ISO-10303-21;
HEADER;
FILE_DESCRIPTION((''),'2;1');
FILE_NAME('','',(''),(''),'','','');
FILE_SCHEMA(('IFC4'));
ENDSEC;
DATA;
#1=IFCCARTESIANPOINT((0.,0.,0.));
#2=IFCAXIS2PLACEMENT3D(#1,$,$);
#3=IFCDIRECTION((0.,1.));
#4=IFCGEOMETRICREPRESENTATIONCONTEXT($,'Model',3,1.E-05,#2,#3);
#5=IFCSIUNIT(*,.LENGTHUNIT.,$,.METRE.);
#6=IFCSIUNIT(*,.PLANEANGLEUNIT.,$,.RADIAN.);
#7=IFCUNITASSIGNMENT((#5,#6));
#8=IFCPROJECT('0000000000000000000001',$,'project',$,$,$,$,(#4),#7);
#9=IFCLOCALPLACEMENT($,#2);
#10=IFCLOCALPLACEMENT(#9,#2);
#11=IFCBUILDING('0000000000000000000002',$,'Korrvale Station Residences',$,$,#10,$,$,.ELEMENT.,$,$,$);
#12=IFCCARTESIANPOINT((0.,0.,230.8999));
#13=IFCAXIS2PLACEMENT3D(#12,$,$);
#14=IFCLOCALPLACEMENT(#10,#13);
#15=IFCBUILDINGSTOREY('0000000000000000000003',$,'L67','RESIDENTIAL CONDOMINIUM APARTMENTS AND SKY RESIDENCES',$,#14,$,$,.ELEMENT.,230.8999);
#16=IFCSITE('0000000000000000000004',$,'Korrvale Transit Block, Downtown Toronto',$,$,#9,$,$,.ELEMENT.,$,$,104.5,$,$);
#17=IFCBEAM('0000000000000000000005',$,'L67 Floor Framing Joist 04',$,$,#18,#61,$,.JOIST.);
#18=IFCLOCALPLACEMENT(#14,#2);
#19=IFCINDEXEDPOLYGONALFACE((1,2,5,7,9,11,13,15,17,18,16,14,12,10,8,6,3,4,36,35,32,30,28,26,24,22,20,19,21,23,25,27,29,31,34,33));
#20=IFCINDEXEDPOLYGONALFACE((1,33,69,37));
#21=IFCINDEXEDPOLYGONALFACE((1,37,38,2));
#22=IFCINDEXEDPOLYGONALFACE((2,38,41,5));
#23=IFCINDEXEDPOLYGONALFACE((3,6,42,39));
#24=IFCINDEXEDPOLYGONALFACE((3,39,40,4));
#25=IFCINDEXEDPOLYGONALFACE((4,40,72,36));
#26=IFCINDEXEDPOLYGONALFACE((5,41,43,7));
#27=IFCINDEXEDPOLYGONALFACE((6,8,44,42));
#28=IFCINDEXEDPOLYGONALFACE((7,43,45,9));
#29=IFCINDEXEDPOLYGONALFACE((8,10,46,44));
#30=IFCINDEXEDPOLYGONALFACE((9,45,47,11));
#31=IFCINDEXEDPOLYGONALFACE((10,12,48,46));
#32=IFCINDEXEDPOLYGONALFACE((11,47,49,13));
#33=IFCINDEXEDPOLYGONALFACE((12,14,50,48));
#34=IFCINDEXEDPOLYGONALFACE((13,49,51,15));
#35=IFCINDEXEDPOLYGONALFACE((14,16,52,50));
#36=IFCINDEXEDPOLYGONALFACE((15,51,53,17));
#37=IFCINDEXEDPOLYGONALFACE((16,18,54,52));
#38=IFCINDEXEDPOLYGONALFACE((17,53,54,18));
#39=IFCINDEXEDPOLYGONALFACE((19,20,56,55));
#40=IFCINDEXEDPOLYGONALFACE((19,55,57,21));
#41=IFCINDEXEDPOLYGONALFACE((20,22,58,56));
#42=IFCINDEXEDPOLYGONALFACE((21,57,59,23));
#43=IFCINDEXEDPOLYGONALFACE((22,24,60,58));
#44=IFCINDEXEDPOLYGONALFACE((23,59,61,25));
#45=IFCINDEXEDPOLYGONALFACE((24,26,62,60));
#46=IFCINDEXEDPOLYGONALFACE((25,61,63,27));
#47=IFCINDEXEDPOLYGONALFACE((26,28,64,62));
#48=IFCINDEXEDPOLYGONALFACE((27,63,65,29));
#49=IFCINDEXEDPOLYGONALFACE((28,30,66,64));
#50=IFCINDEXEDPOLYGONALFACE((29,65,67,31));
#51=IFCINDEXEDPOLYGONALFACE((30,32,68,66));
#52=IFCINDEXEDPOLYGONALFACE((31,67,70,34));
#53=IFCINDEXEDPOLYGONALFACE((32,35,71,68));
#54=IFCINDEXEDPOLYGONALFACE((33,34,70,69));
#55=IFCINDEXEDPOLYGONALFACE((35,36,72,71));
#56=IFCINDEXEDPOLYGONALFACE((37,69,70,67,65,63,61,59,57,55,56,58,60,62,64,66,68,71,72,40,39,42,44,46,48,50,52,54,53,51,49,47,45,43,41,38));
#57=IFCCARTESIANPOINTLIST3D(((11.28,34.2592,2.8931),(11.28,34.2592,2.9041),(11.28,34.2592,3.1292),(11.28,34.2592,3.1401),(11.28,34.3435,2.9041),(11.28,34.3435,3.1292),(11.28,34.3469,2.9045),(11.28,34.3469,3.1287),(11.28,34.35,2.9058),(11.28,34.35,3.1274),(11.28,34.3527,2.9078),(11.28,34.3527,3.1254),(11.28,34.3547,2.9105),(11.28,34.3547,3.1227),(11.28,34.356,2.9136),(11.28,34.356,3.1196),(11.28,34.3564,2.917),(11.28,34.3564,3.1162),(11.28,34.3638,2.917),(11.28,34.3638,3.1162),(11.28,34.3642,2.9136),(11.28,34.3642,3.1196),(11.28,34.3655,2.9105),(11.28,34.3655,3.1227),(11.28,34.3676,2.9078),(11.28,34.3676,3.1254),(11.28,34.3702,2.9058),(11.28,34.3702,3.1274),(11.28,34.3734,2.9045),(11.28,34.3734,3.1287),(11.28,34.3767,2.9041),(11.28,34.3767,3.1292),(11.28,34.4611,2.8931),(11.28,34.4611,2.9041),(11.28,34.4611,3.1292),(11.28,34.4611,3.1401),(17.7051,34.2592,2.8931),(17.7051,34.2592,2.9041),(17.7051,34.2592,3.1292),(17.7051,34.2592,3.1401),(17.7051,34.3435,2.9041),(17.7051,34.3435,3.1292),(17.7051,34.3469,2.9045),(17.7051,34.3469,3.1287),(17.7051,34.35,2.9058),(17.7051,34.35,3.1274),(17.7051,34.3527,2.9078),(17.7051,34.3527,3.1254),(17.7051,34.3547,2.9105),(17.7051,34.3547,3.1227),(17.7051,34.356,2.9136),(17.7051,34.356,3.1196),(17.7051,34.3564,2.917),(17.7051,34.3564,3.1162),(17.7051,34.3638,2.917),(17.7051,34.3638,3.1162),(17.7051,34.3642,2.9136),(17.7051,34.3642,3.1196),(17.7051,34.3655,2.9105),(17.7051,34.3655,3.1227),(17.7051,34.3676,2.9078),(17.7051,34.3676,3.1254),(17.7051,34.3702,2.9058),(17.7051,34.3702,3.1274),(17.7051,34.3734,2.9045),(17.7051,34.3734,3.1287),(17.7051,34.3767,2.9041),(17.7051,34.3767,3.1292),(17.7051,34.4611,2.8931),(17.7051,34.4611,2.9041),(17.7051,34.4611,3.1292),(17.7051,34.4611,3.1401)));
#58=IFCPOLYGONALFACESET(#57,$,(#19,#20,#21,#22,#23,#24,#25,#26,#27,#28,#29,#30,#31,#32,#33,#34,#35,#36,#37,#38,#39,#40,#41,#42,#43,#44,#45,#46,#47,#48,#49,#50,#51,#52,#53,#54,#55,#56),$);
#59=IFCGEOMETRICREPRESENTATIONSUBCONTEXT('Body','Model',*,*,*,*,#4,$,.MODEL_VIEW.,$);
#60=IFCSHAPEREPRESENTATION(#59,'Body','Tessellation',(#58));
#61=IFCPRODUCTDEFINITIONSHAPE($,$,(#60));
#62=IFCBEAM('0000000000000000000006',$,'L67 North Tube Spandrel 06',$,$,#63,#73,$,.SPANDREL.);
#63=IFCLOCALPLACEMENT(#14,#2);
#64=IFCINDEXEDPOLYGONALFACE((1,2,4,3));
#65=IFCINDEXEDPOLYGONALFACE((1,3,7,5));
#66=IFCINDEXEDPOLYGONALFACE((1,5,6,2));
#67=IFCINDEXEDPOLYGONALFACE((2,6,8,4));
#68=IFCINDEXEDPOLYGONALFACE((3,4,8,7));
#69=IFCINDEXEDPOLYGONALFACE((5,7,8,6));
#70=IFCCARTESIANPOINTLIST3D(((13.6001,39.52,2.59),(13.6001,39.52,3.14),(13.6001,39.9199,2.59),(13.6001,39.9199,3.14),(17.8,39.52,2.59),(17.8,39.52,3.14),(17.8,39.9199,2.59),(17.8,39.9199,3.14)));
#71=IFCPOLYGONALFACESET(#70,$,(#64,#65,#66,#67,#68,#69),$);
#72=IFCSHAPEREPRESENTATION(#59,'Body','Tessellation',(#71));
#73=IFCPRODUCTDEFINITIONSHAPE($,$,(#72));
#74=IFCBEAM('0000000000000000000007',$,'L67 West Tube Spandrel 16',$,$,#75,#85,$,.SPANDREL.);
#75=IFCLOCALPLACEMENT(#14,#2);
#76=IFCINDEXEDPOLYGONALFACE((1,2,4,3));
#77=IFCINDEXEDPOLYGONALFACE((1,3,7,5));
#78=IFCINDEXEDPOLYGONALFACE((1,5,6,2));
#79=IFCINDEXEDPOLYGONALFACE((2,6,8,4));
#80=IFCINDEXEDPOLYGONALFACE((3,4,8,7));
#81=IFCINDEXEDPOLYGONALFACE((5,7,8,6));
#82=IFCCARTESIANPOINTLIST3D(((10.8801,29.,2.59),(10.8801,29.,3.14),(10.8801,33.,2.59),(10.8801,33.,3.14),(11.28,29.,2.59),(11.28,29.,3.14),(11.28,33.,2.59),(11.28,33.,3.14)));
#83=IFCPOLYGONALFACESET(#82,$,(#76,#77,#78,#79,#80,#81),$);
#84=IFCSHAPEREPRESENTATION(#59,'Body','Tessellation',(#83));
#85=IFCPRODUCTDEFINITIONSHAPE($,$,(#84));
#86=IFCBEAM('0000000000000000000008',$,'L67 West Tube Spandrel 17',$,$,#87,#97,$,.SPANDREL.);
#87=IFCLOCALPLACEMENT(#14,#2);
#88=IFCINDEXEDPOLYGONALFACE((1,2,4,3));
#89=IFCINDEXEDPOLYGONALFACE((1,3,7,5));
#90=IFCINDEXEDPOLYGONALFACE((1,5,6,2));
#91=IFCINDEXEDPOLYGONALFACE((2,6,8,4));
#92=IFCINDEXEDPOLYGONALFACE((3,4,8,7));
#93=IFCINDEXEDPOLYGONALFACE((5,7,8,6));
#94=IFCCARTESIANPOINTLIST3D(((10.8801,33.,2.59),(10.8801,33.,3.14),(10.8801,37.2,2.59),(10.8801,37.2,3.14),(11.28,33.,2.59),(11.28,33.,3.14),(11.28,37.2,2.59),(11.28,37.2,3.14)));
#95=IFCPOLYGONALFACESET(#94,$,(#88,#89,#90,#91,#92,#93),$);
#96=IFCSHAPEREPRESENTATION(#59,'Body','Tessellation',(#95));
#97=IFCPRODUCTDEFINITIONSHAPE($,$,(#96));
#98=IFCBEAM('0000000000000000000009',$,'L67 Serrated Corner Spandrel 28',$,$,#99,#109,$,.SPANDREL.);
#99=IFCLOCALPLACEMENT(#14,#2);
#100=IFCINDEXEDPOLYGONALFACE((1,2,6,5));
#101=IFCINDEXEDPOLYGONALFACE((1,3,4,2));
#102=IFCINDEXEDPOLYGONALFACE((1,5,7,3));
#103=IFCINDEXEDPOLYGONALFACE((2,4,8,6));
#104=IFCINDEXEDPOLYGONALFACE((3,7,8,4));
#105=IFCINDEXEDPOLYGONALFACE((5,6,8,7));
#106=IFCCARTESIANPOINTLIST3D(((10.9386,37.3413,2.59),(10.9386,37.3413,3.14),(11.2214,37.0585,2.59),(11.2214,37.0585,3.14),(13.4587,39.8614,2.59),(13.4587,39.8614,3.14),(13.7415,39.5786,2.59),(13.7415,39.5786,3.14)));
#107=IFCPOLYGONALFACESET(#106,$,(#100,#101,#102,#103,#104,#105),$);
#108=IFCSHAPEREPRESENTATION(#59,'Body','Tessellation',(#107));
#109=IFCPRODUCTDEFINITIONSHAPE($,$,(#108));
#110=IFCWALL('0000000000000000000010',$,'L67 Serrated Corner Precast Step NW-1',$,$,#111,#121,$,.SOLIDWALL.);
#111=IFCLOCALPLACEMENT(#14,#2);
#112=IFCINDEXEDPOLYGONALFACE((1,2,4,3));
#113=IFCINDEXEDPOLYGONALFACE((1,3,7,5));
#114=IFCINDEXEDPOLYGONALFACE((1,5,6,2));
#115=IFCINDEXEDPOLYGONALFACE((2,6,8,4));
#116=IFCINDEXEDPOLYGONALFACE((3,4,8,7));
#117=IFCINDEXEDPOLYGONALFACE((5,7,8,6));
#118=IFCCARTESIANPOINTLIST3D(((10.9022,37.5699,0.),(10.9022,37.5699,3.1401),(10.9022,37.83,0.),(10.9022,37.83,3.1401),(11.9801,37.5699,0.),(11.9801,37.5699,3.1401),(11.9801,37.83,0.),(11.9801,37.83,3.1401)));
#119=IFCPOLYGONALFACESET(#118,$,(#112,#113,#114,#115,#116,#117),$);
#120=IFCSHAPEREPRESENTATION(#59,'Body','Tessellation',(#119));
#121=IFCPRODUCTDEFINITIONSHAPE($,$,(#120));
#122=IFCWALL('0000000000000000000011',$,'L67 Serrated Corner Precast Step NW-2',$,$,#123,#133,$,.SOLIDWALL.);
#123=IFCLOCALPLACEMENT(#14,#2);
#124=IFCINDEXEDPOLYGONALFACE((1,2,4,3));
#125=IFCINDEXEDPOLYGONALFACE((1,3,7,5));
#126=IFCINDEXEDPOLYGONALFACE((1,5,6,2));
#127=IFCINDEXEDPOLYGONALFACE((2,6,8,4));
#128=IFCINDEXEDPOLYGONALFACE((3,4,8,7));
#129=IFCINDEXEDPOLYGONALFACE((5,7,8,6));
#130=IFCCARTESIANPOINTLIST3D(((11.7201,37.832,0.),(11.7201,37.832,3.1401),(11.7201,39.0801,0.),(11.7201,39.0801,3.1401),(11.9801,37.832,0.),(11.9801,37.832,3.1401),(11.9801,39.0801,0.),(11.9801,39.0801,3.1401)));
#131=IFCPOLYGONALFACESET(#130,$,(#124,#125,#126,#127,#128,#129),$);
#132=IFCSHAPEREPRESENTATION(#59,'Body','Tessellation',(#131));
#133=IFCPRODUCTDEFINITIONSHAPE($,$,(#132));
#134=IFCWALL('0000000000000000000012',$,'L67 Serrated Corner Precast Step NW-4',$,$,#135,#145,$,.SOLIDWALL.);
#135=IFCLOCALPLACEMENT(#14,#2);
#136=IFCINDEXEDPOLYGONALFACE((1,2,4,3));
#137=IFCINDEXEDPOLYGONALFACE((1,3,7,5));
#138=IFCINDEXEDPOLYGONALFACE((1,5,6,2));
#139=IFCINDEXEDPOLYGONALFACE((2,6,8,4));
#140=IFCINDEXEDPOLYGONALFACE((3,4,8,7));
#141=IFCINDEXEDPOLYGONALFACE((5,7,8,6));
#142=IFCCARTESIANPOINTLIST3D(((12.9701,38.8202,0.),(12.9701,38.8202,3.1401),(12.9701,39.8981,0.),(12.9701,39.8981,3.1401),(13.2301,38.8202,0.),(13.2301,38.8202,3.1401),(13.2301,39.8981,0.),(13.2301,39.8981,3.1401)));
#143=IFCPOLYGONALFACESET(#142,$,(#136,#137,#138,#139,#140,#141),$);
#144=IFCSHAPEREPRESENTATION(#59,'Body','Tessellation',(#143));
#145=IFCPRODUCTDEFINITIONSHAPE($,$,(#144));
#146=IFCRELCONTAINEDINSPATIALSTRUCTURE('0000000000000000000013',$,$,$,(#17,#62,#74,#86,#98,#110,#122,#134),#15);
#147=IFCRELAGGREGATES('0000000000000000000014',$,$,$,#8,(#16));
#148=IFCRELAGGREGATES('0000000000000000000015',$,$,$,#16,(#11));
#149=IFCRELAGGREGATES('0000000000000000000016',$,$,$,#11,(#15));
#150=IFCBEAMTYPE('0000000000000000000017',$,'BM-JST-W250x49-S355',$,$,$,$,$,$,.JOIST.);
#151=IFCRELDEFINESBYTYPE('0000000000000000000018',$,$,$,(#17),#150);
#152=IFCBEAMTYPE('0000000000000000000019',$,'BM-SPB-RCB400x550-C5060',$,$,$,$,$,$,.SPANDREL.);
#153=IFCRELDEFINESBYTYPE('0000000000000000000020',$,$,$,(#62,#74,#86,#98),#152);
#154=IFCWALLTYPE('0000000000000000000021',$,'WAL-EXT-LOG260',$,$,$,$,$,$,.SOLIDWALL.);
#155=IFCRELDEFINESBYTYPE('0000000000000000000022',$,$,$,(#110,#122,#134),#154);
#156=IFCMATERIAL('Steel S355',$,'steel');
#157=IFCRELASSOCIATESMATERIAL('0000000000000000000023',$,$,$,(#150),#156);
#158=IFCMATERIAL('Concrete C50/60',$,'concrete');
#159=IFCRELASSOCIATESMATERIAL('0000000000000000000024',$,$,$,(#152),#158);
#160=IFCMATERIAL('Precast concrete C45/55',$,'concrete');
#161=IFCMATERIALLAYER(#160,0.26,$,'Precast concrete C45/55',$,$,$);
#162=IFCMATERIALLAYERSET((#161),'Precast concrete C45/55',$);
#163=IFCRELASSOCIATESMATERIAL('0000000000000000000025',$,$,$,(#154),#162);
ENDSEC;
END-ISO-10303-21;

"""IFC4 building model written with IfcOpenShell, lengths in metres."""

from ifc_helpers import new_model, si_unit, direction, frame, frame_2d, origin, origin_2d, place, context, subcontext, project, spatial, rectangle, i_section, extrude, material, layer, layer_set, material_profile, profile_set, type_object, element, save


model = new_model("IFC4")

# Units and contexts
model_context = context("Model", 3, precision=1e-05, world=origin(), true_north=direction((0.0, 1.0)))
body_context = subcontext(model_context, "Body", "Model", "MODEL_VIEW")
ifc_project = project(units=[si_unit("LENGTHUNIT", "METRE"), si_unit("PLANEANGLEUNIT", "RADIAN")], contexts=[model_context])

# Site, building, storey
site_placement = place(None, origin())
site = spatial("IfcSite", under=ifc_project, at=site_placement, Name="Korrvale Transit Block, Downtown Toronto", CompositionType="ELEMENT", RefElevation=104.5)
building_placement = place(site_placement, origin())
building = spatial("IfcBuilding", under=site, at=building_placement, Name="Korrvale Station Residences", CompositionType="ELEMENT")
storey_placement = place(building_placement, frame((0.0, 0.0, 230.8999)))
storey = spatial("IfcBuildingStorey", under=building, at=storey_placement, Name="L67", Description="RESIDENTIAL CONDOMINIUM APARTMENTS AND SKY RESIDENCES", CompositionType="ELEMENT", Elevation=230.8999)

# Shared definitions
ifc_material_1 = material(Name="Concrete C50/60", Category="concrete")

# Beams
ifc_material_2 = material(Name="Steel S355", Category="steel")
ifc_material_profile_1 = material_profile(ifc_material_2, i_section(OverallWidth=0.2019, OverallDepth=0.2471, WebThickness=0.0073, FlangeThickness=0.011, FilletRadius=0.0129, at=origin_2d()), Name="W250x49")
ifc_profile_set_1 = profile_set([ifc_material_profile_1], Name="Steel S355")
beam_type_1 = type_object("IfcBeamType", Name="BM-JST-W250x49-S355", PredefinedType="JOIST", material=ifc_profile_set_1)
beam_1_placement = place(storey_placement, frame((11.28, 34.3601, 3.0166), z_axis=(1.0, 0.0, 0.0), x_axis=(0.0, 1.0, 0.0)))
element("IfcBeam", 1, at=beam_1_placement, inside=storey, type_object=beam_type_1, Name="L67 Floor Framing Joist 04", PredefinedType="JOIST", context=body_context, shape_type="SweptSolid", body=[
    extrude(i_section(OverallWidth=0.2019, OverallDepth=0.2471, WebThickness=0.0073, FlangeThickness=0.011, FilletRadius=0.0129, at=origin_2d()), origin(), (0.0, 0.0, 1.0), 6.425),
])
ifc_material_profile_2 = material_profile(ifc_material_1, rectangle(XDim=0.3999, YDim=0.55, at=origin_2d()), Name="RCB400x550")
ifc_profile_set_2 = profile_set([ifc_material_profile_2], Name="Concrete C50/60")
beam_type_2 = type_object("IfcBeamType", Name="BM-SPB-RCB400x550-C5060", PredefinedType="SPANDREL", material=ifc_profile_set_2)
beam_2_placement = place(storey_placement, frame((13.6001, 39.72, 2.865), z_axis=(1.0, 0.0, 0.0), x_axis=(0.0, 1.0, 0.0)))
element("IfcBeam", 2, at=beam_2_placement, inside=storey, type_object=beam_type_2, Name="L67 North Tube Spandrel 06", PredefinedType="SPANDREL", context=body_context, shape_type="SweptSolid", body=[
    extrude(rectangle(XDim=0.3999, YDim=0.55, at=origin_2d()), origin(), (0.0, 0.0, 1.0), 4.2),
])
beam_3_placement = place(storey_placement, frame((11.0801, 29.0, 2.865), z_axis=(0.0, 1.0, 0.0), x_axis=(-1.0, 0.0, 0.0)))
element("IfcBeam", 3, at=beam_3_placement, inside=storey, type_object=beam_type_2, Name="L67 West Tube Spandrel 16", PredefinedType="SPANDREL", context=body_context, shape_type="SweptSolid", body=[
    extrude(rectangle(XDim=0.3999, YDim=0.55, at=origin_2d()), origin(), (0.0, 0.0, 1.0), 4.0),
])
beam_4_placement = place(storey_placement, frame((11.0801, 33.0, 2.865), z_axis=(0.0, 1.0, 0.0), x_axis=(-1.0, 0.0, 0.0)))
element("IfcBeam", 4, at=beam_4_placement, inside=storey, type_object=beam_type_2, Name="L67 West Tube Spandrel 17", PredefinedType="SPANDREL", context=body_context, shape_type="SweptSolid", body=[
    extrude(rectangle(XDim=0.3999, YDim=0.55, at=origin_2d()), origin(), (0.0, 0.0, 1.0), 4.2),
])
beam_5_placement = place(storey_placement, frame((13.6001, 39.72, 2.865), z_axis=(-0.707107, -0.707107, 0.0), x_axis=(0.707107, -0.707107, 0.0)))
element("IfcBeam", 5, at=beam_5_placement, inside=storey, type_object=beam_type_2, Name="L67 Serrated Corner Spandrel 28", PredefinedType="SPANDREL", context=body_context, shape_type="SweptSolid", body=[
    extrude(rectangle(XDim=0.3999, YDim=0.55, at=origin_2d()), origin(), (0.0, 0.0, 1.0), 3.564),
])

# Walls
ifc_material_3 = material(Name="Precast concrete C45/55", Category="concrete")
ifc_layer_1 = layer(ifc_material_3, 0.26, Name="Precast concrete C45/55")
ifc_layer_set_1 = layer_set([ifc_layer_1], Name="Precast concrete C45/55")
wall_type_1 = type_object("IfcWallType", Name="WAL-EXT-LOG260", PredefinedType="SOLIDWALL", material=ifc_layer_set_1)
wall_1_placement = place(storey_placement, frame((10.9021, 37.7, 0.0), z_axis=(0.0, 0.0, 1.0), x_axis=(1.0, 0.0, 0.0)))
element("IfcWall", 6, at=wall_1_placement, inside=storey, type_object=wall_type_1, Name="L67 Serrated Corner Precast Step NW-1", PredefinedType="SOLIDWALL", context=body_context, shape_type="SweptSolid", body=[
    extrude(rectangle(XDim=1.0779, YDim=0.26, at=frame_2d((0.5391, 0.0))), origin(), (0.0, 0.0, 1.0), 3.1401),
])
wall_2_placement = place(storey_placement, frame((11.8501, 37.832, 0.0), z_axis=(0.0, 0.0, 1.0), x_axis=(0.0, 1.0, 0.0)))
element("IfcWall", 7, at=wall_2_placement, inside=storey, type_object=wall_type_1, Name="L67 Serrated Corner Precast Step NW-2", PredefinedType="SOLIDWALL", context=body_context, shape_type="SweptSolid", body=[
    extrude(rectangle(XDim=1.248, YDim=0.26, at=frame_2d((0.624, 0.0))), origin(), (0.0, 0.0, 1.0), 3.1401),
])
wall_3_placement = place(storey_placement, frame((13.1001, 38.8201, 0.0), z_axis=(0.0, 0.0, 1.0), x_axis=(0.0, 1.0, 0.0)))
element("IfcWall", 8, at=wall_3_placement, inside=storey, type_object=wall_type_1, Name="L67 Serrated Corner Precast Step NW-4", PredefinedType="SOLIDWALL", context=body_context, shape_type="SweptSolid", body=[
    extrude(rectangle(XDim=1.0779, YDim=0.26, at=frame_2d((0.5391, 0.0))), origin(), (0.0, 0.0, 1.0), 3.1401),
])

save(model, "model.ifc")
